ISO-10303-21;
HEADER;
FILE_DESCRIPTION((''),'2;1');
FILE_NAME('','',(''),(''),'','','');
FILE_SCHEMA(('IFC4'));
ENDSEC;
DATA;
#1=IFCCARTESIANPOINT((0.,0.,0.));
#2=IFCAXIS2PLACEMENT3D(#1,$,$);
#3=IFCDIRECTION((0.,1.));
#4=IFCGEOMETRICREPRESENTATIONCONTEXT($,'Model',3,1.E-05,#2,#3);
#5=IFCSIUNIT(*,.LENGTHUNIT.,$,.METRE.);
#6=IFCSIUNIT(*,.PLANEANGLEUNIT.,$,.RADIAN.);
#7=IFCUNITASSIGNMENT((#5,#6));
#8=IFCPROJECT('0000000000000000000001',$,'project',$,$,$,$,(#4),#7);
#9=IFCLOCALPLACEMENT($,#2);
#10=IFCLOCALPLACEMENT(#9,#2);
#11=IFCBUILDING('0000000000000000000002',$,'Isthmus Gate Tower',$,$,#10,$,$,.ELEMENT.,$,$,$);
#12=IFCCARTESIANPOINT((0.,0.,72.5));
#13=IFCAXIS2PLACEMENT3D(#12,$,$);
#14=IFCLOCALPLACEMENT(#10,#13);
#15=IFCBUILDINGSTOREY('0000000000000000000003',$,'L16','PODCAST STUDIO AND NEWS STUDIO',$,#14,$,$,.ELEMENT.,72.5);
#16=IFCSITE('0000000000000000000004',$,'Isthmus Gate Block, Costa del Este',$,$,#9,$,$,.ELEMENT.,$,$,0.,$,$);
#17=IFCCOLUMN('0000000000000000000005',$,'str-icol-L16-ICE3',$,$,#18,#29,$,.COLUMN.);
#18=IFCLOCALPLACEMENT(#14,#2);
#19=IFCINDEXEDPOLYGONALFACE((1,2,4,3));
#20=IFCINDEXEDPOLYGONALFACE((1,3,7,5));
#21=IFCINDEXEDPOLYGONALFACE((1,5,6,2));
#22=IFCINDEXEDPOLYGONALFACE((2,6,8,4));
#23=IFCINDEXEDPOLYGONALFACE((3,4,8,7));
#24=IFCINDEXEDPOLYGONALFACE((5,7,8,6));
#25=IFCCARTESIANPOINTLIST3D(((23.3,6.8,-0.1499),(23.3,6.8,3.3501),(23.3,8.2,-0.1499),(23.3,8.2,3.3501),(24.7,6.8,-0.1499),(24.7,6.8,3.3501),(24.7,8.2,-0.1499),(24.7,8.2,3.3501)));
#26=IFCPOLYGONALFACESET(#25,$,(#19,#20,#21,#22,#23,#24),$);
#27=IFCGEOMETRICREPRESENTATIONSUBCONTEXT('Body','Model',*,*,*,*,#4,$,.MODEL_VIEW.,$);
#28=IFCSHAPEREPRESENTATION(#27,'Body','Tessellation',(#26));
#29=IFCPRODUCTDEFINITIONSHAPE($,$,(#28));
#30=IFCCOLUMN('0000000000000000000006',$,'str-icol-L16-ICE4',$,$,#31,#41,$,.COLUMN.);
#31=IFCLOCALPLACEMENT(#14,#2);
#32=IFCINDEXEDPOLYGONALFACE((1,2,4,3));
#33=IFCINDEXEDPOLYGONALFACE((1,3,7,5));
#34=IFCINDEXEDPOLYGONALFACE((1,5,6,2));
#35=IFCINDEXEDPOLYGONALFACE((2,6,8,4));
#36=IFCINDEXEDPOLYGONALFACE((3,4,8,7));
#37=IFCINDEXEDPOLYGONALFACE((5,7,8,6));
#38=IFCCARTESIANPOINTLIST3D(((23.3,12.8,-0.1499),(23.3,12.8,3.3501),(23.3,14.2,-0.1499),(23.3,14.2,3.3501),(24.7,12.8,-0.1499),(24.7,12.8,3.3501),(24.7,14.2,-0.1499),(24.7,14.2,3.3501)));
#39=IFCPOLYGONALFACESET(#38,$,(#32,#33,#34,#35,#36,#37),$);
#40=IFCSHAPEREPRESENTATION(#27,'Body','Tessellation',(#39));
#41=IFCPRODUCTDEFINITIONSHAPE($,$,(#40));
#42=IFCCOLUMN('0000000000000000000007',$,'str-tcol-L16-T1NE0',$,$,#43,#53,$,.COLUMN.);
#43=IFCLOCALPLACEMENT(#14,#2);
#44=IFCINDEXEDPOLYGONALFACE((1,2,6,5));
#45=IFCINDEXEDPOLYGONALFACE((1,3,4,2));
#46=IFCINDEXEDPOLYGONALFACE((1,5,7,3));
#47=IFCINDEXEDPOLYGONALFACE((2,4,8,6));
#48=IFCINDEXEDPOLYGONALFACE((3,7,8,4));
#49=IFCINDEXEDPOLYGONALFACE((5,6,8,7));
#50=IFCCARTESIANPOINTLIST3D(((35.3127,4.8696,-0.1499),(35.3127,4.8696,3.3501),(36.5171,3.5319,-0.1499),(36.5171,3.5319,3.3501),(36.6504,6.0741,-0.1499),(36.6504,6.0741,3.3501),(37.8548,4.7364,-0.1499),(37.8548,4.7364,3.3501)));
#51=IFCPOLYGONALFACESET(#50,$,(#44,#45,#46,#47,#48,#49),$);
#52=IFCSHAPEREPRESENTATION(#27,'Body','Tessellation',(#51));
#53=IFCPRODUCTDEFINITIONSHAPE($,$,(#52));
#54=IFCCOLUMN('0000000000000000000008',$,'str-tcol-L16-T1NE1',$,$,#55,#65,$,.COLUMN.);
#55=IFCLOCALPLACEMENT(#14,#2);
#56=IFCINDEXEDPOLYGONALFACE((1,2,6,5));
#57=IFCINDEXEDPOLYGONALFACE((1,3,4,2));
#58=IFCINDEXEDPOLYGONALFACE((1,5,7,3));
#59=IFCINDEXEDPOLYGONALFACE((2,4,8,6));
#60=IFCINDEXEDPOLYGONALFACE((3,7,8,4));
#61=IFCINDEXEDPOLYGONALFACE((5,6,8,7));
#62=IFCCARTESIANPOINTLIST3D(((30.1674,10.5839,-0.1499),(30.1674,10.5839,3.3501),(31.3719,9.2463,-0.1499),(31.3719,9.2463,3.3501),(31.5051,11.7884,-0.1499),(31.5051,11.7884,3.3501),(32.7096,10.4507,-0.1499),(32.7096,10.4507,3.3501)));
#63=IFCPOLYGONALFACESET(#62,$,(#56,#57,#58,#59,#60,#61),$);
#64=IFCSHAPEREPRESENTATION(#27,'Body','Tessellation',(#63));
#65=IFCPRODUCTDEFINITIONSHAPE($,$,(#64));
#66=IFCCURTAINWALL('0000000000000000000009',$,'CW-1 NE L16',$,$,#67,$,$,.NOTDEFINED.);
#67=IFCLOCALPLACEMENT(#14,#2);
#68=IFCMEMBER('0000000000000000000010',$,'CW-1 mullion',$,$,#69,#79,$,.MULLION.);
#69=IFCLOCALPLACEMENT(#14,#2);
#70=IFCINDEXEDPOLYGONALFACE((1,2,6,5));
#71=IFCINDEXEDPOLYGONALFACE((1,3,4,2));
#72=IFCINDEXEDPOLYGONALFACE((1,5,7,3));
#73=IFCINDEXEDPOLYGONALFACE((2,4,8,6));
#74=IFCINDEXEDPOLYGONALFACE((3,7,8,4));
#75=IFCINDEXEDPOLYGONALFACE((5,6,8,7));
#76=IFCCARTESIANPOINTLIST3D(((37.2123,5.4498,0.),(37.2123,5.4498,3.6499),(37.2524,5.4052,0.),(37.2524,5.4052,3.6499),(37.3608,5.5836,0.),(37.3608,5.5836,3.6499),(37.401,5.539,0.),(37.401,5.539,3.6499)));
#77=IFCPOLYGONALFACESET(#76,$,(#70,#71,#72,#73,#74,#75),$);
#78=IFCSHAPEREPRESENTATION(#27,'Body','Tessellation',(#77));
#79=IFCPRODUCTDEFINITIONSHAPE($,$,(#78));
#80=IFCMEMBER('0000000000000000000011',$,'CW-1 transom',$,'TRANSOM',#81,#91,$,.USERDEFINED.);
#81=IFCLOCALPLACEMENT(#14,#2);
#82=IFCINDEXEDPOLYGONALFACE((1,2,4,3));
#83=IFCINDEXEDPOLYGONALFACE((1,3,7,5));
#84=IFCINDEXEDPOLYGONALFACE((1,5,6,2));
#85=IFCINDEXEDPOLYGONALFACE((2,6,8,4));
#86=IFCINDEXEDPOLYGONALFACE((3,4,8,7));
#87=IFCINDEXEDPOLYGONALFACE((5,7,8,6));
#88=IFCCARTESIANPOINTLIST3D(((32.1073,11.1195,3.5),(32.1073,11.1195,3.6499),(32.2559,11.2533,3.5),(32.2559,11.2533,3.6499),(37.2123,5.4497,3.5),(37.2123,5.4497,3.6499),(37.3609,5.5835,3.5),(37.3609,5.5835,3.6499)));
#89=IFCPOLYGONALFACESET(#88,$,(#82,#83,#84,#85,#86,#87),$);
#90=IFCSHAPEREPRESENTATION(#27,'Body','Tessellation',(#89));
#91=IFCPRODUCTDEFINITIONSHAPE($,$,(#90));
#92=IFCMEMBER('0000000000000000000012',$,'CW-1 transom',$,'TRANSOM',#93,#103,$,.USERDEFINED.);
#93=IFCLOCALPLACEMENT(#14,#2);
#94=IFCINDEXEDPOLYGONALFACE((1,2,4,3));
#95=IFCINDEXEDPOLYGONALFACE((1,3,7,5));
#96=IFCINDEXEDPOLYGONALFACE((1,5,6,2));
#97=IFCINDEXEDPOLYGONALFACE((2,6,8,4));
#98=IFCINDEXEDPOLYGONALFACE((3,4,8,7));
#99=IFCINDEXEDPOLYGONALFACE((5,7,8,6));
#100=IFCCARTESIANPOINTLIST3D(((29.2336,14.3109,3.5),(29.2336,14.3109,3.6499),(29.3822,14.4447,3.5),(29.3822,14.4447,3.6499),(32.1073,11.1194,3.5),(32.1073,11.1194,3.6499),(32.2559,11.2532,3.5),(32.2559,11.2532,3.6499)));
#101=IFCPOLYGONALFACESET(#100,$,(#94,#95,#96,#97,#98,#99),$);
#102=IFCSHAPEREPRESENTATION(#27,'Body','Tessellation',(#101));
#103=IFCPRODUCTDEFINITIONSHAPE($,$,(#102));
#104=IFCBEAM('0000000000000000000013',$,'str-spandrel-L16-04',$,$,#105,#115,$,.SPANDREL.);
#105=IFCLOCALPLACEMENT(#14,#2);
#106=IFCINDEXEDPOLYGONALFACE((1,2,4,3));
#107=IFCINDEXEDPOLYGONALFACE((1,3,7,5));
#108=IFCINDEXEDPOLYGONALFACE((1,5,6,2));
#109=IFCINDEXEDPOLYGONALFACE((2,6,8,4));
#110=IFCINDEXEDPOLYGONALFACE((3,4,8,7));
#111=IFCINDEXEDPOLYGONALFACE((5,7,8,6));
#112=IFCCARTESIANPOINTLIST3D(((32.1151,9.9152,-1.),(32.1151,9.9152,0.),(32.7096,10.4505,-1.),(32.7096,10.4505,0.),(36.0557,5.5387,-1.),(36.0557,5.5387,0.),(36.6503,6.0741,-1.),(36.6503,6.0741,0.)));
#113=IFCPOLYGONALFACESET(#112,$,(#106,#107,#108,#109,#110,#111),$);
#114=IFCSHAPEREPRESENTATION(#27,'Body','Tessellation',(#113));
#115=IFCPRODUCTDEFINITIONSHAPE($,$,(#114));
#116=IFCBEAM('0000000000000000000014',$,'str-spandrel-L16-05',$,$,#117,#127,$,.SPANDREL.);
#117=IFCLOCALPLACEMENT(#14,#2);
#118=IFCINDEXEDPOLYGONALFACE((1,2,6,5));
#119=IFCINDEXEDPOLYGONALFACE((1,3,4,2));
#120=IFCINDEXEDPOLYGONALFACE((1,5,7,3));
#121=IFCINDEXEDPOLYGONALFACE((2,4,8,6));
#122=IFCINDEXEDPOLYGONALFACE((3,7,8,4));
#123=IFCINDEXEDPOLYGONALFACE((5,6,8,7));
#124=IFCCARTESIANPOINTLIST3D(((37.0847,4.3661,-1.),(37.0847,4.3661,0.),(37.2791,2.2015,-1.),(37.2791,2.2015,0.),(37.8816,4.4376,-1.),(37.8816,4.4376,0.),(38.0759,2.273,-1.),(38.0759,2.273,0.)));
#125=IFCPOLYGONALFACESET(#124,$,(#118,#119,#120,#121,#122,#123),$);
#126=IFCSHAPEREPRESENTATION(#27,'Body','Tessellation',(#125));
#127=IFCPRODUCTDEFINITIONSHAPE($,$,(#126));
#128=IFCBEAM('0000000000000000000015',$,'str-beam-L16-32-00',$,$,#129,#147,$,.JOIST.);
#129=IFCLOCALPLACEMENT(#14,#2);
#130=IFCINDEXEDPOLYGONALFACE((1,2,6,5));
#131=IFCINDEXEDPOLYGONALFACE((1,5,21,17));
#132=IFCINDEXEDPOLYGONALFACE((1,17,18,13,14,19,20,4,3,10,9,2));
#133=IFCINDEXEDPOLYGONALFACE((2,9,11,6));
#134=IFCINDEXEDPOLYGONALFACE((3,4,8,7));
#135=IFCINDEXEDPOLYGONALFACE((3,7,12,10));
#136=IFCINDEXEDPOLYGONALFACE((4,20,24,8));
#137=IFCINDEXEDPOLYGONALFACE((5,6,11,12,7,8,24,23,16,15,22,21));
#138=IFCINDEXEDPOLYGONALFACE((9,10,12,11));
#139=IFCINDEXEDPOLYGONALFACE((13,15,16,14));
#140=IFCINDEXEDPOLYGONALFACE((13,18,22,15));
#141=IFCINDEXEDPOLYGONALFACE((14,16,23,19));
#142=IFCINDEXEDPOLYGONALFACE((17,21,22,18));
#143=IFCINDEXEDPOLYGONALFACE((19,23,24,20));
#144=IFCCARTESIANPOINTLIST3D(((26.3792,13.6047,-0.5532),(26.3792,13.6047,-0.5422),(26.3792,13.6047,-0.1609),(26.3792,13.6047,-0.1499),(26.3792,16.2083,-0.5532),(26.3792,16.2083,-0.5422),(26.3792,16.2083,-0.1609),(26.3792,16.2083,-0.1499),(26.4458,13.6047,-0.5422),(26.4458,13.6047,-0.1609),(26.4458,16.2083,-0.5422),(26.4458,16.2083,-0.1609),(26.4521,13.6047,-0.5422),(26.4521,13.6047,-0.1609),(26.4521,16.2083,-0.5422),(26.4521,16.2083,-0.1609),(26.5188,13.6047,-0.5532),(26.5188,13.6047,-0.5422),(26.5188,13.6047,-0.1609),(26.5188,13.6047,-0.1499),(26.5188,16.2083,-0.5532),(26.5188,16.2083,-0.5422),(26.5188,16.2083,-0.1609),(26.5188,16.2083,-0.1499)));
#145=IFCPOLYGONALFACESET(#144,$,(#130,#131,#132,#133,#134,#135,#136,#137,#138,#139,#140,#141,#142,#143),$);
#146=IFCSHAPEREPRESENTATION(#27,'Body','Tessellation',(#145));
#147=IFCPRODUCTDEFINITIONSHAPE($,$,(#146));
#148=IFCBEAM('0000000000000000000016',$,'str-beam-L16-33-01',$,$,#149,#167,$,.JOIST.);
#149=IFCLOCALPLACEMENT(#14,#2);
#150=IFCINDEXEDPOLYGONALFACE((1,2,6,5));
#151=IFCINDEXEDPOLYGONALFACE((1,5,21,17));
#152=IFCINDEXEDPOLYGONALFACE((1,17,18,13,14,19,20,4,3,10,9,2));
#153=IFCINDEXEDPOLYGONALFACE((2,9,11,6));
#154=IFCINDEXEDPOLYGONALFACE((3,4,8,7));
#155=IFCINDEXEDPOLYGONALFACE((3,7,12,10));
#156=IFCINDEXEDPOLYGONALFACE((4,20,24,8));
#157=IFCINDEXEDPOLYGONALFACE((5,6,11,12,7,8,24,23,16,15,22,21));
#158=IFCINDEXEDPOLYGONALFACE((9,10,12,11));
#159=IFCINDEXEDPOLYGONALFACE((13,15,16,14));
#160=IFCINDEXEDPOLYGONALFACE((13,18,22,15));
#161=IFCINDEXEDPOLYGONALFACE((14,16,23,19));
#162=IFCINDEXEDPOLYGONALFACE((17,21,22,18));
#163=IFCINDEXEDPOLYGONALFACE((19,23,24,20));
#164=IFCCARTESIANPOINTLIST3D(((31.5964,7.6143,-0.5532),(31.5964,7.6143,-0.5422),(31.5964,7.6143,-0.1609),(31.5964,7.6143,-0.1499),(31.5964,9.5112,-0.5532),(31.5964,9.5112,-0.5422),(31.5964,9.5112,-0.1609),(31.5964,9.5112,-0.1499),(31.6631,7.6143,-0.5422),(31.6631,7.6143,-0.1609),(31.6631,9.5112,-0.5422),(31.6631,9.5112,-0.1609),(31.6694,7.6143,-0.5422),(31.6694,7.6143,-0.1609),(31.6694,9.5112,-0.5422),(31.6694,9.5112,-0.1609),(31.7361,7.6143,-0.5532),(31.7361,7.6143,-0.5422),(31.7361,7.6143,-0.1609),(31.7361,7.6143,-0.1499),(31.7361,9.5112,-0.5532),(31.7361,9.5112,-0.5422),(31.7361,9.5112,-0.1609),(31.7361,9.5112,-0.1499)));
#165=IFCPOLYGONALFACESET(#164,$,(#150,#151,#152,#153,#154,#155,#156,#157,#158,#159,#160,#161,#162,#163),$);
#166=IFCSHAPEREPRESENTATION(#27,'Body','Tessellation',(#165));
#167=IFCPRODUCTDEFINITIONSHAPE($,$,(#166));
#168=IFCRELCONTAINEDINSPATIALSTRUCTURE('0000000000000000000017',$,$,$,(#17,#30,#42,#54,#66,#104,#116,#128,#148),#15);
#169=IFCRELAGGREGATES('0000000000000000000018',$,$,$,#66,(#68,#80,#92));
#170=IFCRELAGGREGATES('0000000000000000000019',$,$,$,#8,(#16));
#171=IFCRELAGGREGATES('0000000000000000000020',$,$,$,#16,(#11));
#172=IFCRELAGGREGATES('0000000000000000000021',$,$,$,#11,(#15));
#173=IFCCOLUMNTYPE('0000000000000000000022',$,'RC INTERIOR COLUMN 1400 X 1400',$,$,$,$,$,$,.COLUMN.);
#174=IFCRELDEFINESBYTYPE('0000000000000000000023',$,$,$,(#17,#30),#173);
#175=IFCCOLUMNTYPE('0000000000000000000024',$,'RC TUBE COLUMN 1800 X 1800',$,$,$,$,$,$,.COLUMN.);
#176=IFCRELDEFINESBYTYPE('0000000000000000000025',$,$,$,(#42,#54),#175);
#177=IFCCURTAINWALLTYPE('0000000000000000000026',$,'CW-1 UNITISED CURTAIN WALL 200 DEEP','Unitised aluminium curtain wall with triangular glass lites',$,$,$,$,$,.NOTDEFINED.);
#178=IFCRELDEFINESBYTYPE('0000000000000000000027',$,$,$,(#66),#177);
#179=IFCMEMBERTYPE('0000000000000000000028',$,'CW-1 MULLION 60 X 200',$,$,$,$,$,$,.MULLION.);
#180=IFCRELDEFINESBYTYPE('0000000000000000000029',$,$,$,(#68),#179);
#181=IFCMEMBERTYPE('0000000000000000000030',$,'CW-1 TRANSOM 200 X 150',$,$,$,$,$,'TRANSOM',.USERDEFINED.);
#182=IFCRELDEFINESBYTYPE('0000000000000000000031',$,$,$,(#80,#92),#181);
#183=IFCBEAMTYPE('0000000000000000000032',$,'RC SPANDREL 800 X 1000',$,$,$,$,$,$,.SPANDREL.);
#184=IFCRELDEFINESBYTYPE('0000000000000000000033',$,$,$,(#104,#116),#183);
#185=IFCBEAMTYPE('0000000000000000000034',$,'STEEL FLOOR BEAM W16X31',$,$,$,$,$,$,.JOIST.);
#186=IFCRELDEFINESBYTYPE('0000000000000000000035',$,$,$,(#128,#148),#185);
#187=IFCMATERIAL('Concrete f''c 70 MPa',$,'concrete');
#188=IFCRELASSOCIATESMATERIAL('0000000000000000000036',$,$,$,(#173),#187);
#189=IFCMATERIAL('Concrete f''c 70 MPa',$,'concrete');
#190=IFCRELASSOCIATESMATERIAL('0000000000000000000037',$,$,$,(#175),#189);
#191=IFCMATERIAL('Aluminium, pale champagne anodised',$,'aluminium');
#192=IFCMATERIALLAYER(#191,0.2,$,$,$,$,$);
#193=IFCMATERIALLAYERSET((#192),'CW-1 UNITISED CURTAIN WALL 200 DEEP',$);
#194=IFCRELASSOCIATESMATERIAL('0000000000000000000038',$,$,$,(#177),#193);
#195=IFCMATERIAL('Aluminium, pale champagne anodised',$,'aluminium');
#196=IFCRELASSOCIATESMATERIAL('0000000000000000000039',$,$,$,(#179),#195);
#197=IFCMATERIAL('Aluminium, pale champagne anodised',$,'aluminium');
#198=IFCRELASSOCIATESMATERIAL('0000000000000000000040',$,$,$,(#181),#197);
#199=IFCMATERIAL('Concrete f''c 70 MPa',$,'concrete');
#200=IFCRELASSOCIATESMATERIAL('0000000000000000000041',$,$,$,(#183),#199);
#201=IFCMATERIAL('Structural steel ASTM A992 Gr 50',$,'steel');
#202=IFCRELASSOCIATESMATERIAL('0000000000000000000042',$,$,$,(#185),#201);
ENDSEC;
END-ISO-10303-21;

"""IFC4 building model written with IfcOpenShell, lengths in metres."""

from ifc_helpers import new_model, si_unit, direction, frame, origin, origin_2d, place, context, subcontext, project, spatial, rectangle, i_section, extrude, material, layer, layer_set, material_profile, profile_set, type_object, element, aggregate, save


model = new_model("IFC4")

# Units and contexts
model_context = context("Model", 3, precision=1e-05, world=origin(), true_north=direction((0.0, 1.0)))
body_context = subcontext(model_context, "Body", "Model", "MODEL_VIEW")
ifc_project = project(units=[si_unit("LENGTHUNIT", "METRE"), si_unit("PLANEANGLEUNIT", "RADIAN")], contexts=[model_context])

# Site, building, storey
site_placement = place(None, origin())
site = spatial("IfcSite", under=ifc_project, at=site_placement, Name="Isthmus Gate Block, Costa del Este", CompositionType="ELEMENT", RefElevation=0.0)
building_placement = place(site_placement, origin())
building = spatial("IfcBuilding", under=site, at=building_placement, Name="Isthmus Gate Tower", CompositionType="ELEMENT")
storey_placement = place(building_placement, frame((0.0, 0.0, 72.5)))
storey = spatial("IfcBuildingStorey", under=building, at=storey_placement, Name="L16", Description="PODCAST STUDIO AND NEWS STUDIO", CompositionType="ELEMENT", Elevation=72.5)

# Columns
ifc_material_1 = material(Name="Concrete f'c 70 MPa", Category="concrete")
ifc_material_profile_1 = material_profile(ifc_material_1, rectangle(XDim=1.3999, YDim=1.3999, at=origin_2d()), Name="RC 1400X1400")
ifc_profile_set_1 = profile_set([ifc_material_profile_1], Name="Concrete f'c 70 MPa")
column_type_1 = type_object("IfcColumnType", Name="RC INTERIOR COLUMN 1400 X 1400", PredefinedType="COLUMN", material=ifc_profile_set_1)
for number, where, z_axis, x_axis, name in (
    (1, (24.0, 7.5, -0.1499), (0.0, 0.0, 1.0), (1.0, 0.0, 0.0), "str-icol-L16-ICE3"),
    (2, (24.0, 13.5, -0.1499), (0.0, 0.0, 1.0), (1.0, 0.0, 0.0), "str-icol-L16-ICE4"),
):
    element("IfcColumn", number, at=place(storey_placement, frame(where, z_axis=z_axis, x_axis=x_axis)), inside=storey, type_object=column_type_1, Name=name, PredefinedType="COLUMN", context=body_context, shape_type="SweptSolid", body=[
        extrude(rectangle(XDim=1.3999, YDim=1.3999, at=origin_2d()), origin(), (0.0, 0.0, 1.0), 3.5),
    ])
ifc_material_2 = material(Name="Concrete f'c 70 MPa", Category="concrete")
ifc_material_profile_2 = material_profile(ifc_material_2, rectangle(XDim=1.8, YDim=1.8, at=origin_2d()), Name="RC 1800X1800")
ifc_profile_set_2 = profile_set([ifc_material_profile_2], Name="Concrete f'c 70 MPa")
column_type_2 = type_object("IfcColumnType", Name="RC TUBE COLUMN 1800 X 1800", PredefinedType="COLUMN", material=ifc_profile_set_2)
for number, where, z_axis, x_axis, name in (
    (3, (36.5837, 4.803, -0.1499), (0.0, 0.0, 1.0), (-0.669131, 0.743145, 0.0), "str-tcol-L16-T1NE0"),
    (4, (31.4385, 10.5173, -0.1499), (0.0, 0.0, 1.0), (-0.669131, 0.743145, 0.0), "str-tcol-L16-T1NE1"),
):
    element("IfcColumn", number, at=place(storey_placement, frame(where, z_axis=z_axis, x_axis=x_axis)), inside=storey, type_object=column_type_2, Name=name, PredefinedType="COLUMN", context=body_context, shape_type="SweptSolid", body=[
        extrude(rectangle(XDim=1.8, YDim=1.8, at=origin_2d()), origin(), (0.0, 0.0, 1.0), 3.5),
    ])

# Curtain wall, members
ifc_material_3 = material(Name="Aluminium, pale champagne anodised", Category="aluminium")
ifc_layer_1 = layer(ifc_material_3, 0.2)
ifc_layer_set_1 = layer_set([ifc_layer_1], Name="CW-1 UNITISED CURTAIN WALL 200 DEEP")
curtain_wall_type = type_object("IfcCurtainWallType", Name="CW-1 UNITISED CURTAIN WALL 200 DEEP", Description="Unitised aluminium curtain wall with triangular glass lites", PredefinedType="NOTDEFINED", material=ifc_layer_set_1)
curtain_wall_placement = place(storey_placement, origin())
curtain_wall = element("IfcCurtainWall", 5, at=curtain_wall_placement, inside=storey, type_object=curtain_wall_type, Name="CW-1 NE L16", PredefinedType="NOTDEFINED")
ifc_material_4 = material(Name="Aluminium, pale champagne anodised", Category="aluminium")
ifc_material_profile_3 = material_profile(ifc_material_4, rectangle(XDim=0.0601, YDim=0.2, at=origin_2d()), Name="60x200")
ifc_profile_set_3 = profile_set([ifc_material_profile_3], Name="Aluminium, pale champagne anodised")
member_type_1 = type_object("IfcMemberType", Name="CW-1 MULLION 60 X 200", PredefinedType="MULLION", material=ifc_profile_set_3)
member_1_placement = place(storey_placement, frame((37.3066, 5.4944, 0.0), z_axis=(0.0, 0.0, 1.0), x_axis=(-0.669131, 0.743145, 0.0)))
member_1 = element("IfcMember", 6, at=member_1_placement, type_object=member_type_1, Name="CW-1 mullion", PredefinedType="MULLION", context=body_context, shape_type="SweptSolid", body=[
    extrude(rectangle(XDim=0.0601, YDim=0.2, at=origin_2d()), origin(), (0.0, 0.0, 1.0), 3.6499),
])
ifc_material_5 = material(Name="Aluminium, pale champagne anodised", Category="aluminium")
ifc_material_profile_4 = material_profile(ifc_material_5, rectangle(XDim=0.2, YDim=0.1499, at=origin_2d()), Name="200x150")
ifc_profile_set_4 = profile_set([ifc_material_profile_4], Name="Aluminium, pale champagne anodised")
member_type_2 = type_object("IfcMemberType", Name="CW-1 TRANSOM 200 X 150", ElementType="TRANSOM", PredefinedType="USERDEFINED", material=ifc_profile_set_4)
member_2_placement = place(storey_placement, frame((37.2866, 5.5166, 3.575), z_axis=(-0.669129, 0.743146, 0.0), x_axis=(-0.743146, -0.669129, 0.0)))
member_2 = element("IfcMember", 7, at=member_2_placement, type_object=member_type_2, Name="CW-1 transom", ObjectType="TRANSOM", PredefinedType="USERDEFINED", context=body_context, shape_type="SweptSolid", body=[
    extrude(rectangle(XDim=0.2, YDim=0.1499, at=origin_2d()), origin(), (0.0, 0.0, 1.0), 7.6294),
])
member_3_placement = place(storey_placement, frame((32.1816, 11.1863, 3.575), z_axis=(-0.669131, 0.743144, 0.0), x_axis=(-0.743144, -0.669131, 0.0)))
member_3 = element("IfcMember", 8, at=member_3_placement, type_object=member_type_2, Name="CW-1 transom", ObjectType="TRANSOM", PredefinedType="USERDEFINED", context=body_context, shape_type="SweptSolid", body=[
    extrude(rectangle(XDim=0.2, YDim=0.1499, at=origin_2d()), origin(), (0.0, 0.0, 1.0), 4.2947),
])

# Beams
ifc_material_6 = material(Name="Concrete f'c 70 MPa", Category="concrete")
ifc_material_profile_5 = material_profile(ifc_material_6, rectangle(XDim=0.8, YDim=1.0, at=origin_2d()), Name="RC 800X1000")
ifc_profile_set_5 = profile_set([ifc_material_profile_5], Name="Concrete f'c 70 MPa")
beam_type_1 = type_object("IfcBeamType", Name="RC SPANDREL 800 X 1000", PredefinedType="SPANDREL", material=ifc_profile_set_5)
beam_1_placement = place(storey_placement, frame((32.4124, 10.1829, -0.5), z_axis=(0.669139, -0.743137, 0.0), x_axis=(0.743137, 0.669139, 0.0)))
element("IfcBeam", 9, at=beam_1_placement, inside=storey, type_object=beam_type_1, Name="str-spandrel-L16-04", PredefinedType="SPANDREL", context=body_context, shape_type="SweptSolid", body=[
    extrude(rectangle(XDim=0.8, YDim=1.0, at=origin_2d()), origin(), (0.0, 0.0, 1.0), 5.8892),
])
beam_2_placement = place(storey_placement, frame((37.4832, 4.4019, -0.5), z_axis=(0.089422, -0.995994, 0.0), x_axis=(0.995994, 0.089422, 0.0)))
element("IfcBeam", 10, at=beam_2_placement, inside=storey, type_object=beam_type_1, Name="str-spandrel-L16-05", PredefinedType="SPANDREL", context=body_context, shape_type="SweptSolid", body=[
    extrude(rectangle(XDim=0.8, YDim=1.0, at=origin_2d()), origin(), (0.0, 0.0, 1.0), 2.1733),
])
ifc_material_7 = material(Name="Structural steel ASTM A992 Gr 50", Category="steel")
ifc_material_profile_6 = material_profile(ifc_material_7, i_section(OverallWidth=0.1396, OverallDepth=0.4033, WebThickness=0.0063, FlangeThickness=0.011, at=origin_2d()), Name="W16X31")
ifc_profile_set_6 = profile_set([ifc_material_profile_6], Name="Structural steel ASTM A992 Gr 50")
beam_type_2 = type_object("IfcBeamType", Name="STEEL FLOOR BEAM W16X31", PredefinedType="JOIST", material=ifc_profile_set_6)
beam_3_placement = place(storey_placement, frame((26.449, 13.6047, -0.3516), z_axis=(0.0, 1.0, 0.0), x_axis=(-1.0, 0.0, 0.0)))
element("IfcBeam", 11, at=beam_3_placement, inside=storey, type_object=beam_type_2, Name="str-beam-L16-32-00", PredefinedType="JOIST", context=body_context, shape_type="SweptSolid", body=[
    extrude(i_section(OverallWidth=0.1396, OverallDepth=0.4033, WebThickness=0.0063, FlangeThickness=0.011, at=origin_2d()), origin(), (0.0, 0.0, 1.0), 2.6035),
])
beam_4_placement = place(storey_placement, frame((31.6663, 7.6143, -0.3516), z_axis=(0.0, 1.0, 0.0), x_axis=(-1.0, 0.0, 0.0)))
element("IfcBeam", 12, at=beam_4_placement, inside=storey, type_object=beam_type_2, Name="str-beam-L16-33-01", PredefinedType="JOIST", context=body_context, shape_type="SweptSolid", body=[
    extrude(i_section(OverallWidth=0.1396, OverallDepth=0.4033, WebThickness=0.0063, FlangeThickness=0.011, at=origin_2d()), origin(), (0.0, 0.0, 1.0), 1.897),
])

aggregate(curtain_wall, [member_1, member_2, member_3])

save(model, "model.ifc")
